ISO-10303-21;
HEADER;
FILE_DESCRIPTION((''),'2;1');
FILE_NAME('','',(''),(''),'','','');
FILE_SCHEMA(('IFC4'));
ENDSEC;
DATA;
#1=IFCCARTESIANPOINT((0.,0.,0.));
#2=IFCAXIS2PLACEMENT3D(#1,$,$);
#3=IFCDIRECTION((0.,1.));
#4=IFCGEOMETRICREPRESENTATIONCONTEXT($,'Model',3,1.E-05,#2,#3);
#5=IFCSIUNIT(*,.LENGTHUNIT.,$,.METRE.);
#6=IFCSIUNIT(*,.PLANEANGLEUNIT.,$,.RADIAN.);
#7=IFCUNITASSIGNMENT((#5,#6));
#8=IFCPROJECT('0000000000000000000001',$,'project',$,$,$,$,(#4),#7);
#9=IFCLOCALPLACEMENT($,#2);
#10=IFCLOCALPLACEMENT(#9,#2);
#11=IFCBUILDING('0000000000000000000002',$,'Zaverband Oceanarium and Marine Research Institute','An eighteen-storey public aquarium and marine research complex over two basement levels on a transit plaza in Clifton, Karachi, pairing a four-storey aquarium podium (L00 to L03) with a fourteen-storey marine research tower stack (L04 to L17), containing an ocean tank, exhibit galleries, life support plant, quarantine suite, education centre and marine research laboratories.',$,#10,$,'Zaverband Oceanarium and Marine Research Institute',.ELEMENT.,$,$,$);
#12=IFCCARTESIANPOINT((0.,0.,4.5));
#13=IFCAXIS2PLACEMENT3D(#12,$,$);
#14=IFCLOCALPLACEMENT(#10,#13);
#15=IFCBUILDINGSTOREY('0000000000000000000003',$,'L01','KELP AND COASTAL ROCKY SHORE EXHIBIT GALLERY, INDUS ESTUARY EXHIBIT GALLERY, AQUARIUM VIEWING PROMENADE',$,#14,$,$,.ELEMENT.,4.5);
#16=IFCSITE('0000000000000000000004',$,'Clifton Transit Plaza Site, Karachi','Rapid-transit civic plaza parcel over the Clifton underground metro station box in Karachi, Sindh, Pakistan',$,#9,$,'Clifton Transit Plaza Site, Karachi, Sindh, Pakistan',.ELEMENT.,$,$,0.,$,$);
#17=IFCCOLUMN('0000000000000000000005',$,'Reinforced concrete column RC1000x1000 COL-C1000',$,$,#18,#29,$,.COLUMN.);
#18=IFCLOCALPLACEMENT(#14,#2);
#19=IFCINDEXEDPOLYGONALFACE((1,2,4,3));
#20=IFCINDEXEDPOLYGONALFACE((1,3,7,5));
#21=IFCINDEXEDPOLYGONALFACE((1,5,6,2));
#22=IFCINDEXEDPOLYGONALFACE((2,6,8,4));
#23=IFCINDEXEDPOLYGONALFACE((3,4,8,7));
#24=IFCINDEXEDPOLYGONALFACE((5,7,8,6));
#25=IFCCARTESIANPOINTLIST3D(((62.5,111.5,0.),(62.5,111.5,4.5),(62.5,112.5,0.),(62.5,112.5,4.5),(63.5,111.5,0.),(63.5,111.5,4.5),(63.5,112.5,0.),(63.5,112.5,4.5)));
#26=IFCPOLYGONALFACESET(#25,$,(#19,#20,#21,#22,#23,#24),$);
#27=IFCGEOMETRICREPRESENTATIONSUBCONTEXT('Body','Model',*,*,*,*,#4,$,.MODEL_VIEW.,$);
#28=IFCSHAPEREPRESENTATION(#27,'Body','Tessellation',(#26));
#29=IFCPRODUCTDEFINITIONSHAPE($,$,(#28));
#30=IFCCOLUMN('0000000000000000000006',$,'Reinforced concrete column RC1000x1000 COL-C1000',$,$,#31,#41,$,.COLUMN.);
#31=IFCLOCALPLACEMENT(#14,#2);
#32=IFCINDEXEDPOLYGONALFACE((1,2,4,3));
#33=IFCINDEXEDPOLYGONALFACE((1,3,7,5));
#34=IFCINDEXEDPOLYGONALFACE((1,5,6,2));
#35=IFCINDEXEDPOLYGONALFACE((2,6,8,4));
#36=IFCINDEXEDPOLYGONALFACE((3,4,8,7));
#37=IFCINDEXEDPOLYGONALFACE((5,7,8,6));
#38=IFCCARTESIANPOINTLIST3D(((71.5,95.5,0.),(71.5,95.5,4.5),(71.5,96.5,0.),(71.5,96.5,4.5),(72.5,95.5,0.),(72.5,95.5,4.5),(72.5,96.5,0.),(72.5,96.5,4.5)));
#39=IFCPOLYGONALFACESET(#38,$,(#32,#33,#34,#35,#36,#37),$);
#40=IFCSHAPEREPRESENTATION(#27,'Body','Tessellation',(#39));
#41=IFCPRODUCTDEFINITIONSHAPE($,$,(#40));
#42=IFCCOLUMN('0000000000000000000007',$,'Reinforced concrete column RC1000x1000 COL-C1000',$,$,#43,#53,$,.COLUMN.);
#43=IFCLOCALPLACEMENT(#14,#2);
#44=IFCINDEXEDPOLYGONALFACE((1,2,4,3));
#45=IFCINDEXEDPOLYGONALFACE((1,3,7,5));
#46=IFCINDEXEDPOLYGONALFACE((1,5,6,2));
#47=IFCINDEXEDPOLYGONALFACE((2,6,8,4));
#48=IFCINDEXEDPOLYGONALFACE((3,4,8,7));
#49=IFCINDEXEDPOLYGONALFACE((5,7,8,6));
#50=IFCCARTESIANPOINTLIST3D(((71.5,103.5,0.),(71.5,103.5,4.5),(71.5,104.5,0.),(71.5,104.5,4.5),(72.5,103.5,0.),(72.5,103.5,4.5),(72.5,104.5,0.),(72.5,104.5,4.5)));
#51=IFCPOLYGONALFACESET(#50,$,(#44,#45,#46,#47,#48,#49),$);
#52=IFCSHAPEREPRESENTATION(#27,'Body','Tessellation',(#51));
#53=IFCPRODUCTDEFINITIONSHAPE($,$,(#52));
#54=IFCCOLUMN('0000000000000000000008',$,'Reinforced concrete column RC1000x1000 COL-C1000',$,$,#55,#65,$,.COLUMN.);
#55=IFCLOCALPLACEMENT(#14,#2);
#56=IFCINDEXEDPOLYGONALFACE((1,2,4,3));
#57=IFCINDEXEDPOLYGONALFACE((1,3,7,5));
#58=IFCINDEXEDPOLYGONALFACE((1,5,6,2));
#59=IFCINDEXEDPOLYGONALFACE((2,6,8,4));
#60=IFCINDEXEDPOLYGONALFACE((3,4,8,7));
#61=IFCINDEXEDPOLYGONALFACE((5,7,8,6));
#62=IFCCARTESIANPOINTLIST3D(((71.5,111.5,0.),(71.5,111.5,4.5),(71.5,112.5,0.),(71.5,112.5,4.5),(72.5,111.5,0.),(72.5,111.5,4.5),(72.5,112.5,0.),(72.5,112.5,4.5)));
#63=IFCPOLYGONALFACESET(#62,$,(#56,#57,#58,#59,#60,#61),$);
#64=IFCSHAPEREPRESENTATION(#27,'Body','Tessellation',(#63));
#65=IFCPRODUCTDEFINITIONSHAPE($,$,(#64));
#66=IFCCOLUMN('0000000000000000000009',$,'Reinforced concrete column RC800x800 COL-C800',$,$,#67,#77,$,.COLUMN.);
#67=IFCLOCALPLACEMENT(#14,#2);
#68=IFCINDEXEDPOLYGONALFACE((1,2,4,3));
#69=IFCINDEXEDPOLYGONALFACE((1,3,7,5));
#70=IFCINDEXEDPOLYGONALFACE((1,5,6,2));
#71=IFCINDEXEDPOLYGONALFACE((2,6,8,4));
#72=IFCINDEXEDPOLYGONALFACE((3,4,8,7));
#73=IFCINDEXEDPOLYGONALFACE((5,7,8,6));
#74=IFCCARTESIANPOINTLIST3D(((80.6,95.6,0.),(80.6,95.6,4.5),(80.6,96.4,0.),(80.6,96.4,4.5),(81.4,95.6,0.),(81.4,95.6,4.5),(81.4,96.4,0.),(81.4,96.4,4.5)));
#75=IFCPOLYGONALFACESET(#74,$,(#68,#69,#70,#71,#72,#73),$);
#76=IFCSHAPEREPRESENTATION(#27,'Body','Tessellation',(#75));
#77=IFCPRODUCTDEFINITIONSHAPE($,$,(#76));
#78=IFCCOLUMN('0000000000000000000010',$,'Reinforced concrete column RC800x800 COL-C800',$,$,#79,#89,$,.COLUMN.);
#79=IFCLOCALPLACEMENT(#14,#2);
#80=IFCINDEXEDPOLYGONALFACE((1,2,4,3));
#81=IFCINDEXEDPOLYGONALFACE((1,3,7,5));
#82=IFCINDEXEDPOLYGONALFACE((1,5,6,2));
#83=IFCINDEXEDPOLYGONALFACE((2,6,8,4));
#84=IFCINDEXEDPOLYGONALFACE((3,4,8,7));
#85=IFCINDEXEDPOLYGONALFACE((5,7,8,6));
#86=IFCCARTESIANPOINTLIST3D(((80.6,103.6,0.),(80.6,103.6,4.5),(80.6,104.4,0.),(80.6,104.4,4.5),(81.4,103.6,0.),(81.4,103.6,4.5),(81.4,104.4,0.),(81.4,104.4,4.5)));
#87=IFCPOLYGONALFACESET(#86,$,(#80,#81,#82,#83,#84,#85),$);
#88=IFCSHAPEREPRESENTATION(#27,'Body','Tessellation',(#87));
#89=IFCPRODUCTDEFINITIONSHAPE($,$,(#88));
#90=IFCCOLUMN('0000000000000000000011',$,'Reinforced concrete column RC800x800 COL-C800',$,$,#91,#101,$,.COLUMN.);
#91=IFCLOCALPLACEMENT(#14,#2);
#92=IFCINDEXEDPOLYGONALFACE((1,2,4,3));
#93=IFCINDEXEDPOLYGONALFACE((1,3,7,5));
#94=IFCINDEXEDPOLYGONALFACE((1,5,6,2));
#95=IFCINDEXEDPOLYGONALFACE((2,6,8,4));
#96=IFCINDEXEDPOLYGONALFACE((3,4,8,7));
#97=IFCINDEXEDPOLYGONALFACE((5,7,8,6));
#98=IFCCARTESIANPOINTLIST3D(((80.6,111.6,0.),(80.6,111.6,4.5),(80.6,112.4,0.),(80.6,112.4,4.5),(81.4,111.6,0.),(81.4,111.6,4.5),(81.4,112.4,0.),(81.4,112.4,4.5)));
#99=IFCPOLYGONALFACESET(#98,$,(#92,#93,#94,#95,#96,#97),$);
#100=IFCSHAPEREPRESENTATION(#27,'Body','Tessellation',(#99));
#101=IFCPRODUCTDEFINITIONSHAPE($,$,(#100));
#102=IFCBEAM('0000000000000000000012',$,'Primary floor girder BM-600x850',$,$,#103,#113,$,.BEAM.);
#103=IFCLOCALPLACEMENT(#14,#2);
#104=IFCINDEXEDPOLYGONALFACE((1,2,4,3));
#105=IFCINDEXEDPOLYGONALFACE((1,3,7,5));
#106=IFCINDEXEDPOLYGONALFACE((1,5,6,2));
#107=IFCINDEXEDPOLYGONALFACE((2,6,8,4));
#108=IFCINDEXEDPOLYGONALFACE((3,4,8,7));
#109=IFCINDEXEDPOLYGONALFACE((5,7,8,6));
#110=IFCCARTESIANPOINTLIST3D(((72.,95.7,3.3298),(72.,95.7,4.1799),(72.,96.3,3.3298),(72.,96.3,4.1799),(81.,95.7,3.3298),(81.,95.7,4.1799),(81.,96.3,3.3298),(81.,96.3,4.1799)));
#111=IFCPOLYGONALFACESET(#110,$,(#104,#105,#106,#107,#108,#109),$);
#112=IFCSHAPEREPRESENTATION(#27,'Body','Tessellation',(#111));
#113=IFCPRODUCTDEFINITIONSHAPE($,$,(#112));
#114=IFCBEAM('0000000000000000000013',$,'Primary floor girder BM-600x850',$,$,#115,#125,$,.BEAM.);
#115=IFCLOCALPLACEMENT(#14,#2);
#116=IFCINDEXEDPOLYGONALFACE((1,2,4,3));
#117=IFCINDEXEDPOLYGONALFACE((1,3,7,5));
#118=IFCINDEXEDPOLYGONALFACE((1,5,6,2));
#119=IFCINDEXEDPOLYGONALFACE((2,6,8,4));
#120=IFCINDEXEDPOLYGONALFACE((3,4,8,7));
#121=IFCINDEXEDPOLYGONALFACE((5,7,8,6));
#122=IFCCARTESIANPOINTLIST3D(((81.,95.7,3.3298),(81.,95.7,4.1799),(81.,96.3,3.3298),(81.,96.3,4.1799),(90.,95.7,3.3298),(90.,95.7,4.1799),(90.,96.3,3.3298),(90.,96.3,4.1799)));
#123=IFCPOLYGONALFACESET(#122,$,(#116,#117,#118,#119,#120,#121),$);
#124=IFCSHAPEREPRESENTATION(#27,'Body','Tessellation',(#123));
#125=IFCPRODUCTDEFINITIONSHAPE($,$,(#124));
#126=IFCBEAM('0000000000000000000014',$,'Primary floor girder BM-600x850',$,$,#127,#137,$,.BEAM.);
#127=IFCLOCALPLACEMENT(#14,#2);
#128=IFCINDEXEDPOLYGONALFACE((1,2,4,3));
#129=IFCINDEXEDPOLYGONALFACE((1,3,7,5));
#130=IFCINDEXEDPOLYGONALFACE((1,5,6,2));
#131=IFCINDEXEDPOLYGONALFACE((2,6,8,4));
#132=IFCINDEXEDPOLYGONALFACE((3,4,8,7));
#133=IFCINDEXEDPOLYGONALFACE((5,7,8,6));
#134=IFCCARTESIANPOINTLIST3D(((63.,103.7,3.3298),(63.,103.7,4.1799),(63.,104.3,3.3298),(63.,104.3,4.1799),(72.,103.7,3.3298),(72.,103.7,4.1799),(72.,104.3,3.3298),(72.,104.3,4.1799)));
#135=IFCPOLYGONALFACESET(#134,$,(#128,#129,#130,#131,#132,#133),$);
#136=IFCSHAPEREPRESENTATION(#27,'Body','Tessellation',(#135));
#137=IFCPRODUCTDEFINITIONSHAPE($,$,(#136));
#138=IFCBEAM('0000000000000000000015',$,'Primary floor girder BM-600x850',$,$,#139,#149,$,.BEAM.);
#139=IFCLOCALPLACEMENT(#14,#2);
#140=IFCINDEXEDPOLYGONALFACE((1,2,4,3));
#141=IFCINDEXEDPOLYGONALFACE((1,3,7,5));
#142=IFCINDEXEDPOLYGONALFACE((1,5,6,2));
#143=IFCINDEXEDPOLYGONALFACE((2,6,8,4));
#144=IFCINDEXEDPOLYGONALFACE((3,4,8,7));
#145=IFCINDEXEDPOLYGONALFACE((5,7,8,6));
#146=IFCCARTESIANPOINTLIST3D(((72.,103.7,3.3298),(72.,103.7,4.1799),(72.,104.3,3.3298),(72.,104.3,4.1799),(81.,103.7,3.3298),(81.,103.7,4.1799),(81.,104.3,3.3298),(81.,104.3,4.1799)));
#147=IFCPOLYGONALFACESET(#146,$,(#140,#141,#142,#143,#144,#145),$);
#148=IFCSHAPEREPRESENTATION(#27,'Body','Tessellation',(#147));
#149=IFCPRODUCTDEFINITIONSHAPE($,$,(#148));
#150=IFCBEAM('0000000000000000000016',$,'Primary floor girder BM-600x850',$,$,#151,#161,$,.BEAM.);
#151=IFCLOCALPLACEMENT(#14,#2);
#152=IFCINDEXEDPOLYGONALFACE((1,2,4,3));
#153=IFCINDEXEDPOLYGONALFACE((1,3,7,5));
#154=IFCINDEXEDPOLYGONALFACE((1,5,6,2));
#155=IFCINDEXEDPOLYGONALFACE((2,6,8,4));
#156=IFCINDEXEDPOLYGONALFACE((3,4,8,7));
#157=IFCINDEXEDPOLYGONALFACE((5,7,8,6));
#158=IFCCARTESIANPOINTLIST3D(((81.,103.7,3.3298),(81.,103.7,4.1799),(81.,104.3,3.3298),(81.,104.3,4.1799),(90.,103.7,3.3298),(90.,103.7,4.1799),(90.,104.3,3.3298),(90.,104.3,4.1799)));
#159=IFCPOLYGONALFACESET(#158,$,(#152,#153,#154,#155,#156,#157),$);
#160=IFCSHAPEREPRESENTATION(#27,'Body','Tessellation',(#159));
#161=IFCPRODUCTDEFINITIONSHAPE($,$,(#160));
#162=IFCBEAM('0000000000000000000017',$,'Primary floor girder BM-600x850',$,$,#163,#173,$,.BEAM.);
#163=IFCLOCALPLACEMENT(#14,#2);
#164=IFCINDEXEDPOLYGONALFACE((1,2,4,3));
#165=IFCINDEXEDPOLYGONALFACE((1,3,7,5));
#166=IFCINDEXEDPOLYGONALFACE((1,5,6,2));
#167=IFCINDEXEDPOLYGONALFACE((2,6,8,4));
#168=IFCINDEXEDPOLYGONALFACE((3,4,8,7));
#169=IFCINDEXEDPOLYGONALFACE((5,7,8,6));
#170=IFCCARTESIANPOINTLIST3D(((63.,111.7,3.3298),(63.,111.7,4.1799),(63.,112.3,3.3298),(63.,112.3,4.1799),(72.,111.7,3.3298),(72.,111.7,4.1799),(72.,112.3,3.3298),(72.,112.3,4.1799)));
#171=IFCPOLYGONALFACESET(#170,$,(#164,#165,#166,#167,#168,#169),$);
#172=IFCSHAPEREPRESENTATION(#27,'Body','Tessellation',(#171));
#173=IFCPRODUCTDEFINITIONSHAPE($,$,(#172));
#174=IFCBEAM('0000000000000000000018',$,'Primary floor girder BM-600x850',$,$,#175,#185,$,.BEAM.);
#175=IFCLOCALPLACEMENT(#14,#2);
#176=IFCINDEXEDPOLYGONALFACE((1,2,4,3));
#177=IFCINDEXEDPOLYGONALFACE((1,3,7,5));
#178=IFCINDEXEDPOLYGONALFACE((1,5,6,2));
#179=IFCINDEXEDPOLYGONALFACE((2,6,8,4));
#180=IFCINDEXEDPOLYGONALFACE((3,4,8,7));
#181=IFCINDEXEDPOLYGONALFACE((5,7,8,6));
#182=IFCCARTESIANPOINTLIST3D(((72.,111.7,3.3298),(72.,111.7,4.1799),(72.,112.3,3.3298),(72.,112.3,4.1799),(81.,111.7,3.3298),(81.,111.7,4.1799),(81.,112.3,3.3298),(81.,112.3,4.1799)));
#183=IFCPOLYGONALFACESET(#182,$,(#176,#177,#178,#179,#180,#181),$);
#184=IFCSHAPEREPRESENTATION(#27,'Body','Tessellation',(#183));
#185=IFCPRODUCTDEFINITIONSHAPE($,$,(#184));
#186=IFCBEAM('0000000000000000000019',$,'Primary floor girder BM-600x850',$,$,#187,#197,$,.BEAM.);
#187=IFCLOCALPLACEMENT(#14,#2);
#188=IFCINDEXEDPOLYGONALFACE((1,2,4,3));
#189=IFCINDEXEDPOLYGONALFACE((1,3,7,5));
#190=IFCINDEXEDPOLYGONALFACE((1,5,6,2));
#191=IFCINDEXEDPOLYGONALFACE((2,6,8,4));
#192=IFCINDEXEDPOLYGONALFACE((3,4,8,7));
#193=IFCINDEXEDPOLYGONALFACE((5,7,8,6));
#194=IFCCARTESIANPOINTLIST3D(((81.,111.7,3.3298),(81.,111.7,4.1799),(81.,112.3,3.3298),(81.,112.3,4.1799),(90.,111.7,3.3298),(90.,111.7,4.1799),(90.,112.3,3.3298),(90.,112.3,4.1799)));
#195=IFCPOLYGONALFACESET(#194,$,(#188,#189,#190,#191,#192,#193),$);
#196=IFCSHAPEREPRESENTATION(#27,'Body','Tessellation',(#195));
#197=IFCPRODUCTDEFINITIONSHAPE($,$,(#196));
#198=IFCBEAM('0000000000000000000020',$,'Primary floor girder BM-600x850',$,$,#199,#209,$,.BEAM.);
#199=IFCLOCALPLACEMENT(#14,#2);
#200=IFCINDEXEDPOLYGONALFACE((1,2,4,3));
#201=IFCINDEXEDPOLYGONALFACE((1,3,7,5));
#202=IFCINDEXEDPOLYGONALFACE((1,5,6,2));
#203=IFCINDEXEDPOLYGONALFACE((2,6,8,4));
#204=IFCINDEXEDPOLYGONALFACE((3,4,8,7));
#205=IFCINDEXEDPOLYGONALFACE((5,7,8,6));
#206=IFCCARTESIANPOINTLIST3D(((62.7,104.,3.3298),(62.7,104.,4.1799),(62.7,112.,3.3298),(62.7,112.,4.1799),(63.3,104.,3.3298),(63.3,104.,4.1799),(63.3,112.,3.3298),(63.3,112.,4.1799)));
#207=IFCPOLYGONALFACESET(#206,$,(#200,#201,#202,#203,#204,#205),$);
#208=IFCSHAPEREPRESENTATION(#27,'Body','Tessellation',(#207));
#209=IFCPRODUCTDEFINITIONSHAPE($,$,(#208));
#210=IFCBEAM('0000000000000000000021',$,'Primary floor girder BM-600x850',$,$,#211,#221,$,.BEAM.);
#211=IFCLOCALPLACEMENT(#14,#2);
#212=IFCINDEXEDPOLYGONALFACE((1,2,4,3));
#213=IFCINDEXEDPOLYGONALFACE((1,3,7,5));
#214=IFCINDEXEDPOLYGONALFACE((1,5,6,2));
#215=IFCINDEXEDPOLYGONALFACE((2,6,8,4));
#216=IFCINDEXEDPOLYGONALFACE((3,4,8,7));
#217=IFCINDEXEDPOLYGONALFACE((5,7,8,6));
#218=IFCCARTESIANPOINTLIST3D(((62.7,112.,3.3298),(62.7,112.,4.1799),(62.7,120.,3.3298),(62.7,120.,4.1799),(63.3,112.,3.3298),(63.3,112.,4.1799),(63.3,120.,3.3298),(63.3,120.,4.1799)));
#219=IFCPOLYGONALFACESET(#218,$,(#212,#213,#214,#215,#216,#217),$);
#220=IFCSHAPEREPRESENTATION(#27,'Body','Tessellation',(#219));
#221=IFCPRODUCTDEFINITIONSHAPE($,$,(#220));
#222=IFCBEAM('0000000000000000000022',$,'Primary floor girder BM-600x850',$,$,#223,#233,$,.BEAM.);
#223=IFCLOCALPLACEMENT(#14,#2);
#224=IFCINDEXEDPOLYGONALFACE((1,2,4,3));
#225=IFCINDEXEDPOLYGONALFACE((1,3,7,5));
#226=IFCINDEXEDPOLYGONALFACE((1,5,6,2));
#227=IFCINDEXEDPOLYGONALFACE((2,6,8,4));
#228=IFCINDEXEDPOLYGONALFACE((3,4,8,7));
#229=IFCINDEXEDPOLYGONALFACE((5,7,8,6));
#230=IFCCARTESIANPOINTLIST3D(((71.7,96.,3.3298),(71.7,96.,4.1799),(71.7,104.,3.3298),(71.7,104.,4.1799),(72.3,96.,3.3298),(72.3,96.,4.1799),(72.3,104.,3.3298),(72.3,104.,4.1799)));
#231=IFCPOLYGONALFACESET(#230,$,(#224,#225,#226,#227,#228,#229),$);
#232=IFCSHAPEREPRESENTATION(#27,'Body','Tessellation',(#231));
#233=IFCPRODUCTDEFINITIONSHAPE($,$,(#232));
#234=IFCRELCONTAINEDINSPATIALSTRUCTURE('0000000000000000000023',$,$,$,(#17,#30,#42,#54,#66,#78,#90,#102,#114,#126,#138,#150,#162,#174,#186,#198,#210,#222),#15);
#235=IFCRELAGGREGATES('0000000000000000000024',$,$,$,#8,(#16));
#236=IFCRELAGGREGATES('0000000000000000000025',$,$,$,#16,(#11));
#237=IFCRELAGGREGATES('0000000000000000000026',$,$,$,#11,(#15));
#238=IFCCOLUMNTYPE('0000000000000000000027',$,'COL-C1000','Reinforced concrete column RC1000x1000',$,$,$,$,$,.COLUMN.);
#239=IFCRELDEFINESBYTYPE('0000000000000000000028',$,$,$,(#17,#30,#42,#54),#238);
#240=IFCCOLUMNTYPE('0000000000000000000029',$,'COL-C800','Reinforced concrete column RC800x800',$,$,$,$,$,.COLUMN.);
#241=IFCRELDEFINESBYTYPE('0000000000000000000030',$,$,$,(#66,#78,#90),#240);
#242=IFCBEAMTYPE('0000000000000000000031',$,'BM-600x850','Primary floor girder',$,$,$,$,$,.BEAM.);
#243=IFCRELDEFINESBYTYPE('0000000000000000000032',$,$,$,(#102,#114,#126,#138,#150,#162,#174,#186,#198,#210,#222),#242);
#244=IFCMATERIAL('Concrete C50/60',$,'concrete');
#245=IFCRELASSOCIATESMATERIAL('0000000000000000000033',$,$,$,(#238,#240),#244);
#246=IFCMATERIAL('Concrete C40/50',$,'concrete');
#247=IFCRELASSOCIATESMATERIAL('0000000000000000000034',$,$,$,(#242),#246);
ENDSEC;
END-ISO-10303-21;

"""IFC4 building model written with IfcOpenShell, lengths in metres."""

from ifc_helpers import new_model, si_unit, direction, frame, origin, origin_2d, place, context, subcontext, project, spatial, rectangle, extrude, material, material_profile, profile_set, type_object, element, save


model = new_model("IFC4")

# Units and contexts
model_context = context("Model", 3, precision=1e-05, world=origin(), true_north=direction((0.0, 1.0)))
body_context = subcontext(model_context, "Body", "Model", "MODEL_VIEW")
ifc_project = project(units=[si_unit("LENGTHUNIT", "METRE"), si_unit("PLANEANGLEUNIT", "RADIAN")], contexts=[model_context])

# Site, building, storey
site_placement = place(None, origin())
site = spatial("IfcSite", under=ifc_project, at=site_placement, Name="Clifton Transit Plaza Site, Karachi", Description="Rapid-transit civic plaza parcel over the Clifton underground metro station box in Karachi, Sindh, Pakistan", LongName="Clifton Transit Plaza Site, Karachi, Sindh, Pakistan", CompositionType="ELEMENT", RefElevation=0.0)
building_placement = place(site_placement, origin())
building = spatial("IfcBuilding", under=site, at=building_placement, Name="Zaverband Oceanarium and Marine Research Institute", Description="An eighteen-storey public aquarium and marine research complex over two basement levels on a transit plaza in Clifton, Karachi, pairing a four-storey aquarium podium (L00 to L03) with a fourteen-storey marine research tower stack (L04 to L17), containing an ocean tank, exhibit galleries, life support plant, quarantine suite, education centre and marine research laboratories.", LongName="Zaverband Oceanarium and Marine Research Institute", CompositionType="ELEMENT")
storey_placement = place(building_placement, frame((0.0, 0.0, 4.5)))
storey = spatial("IfcBuildingStorey", under=building, at=storey_placement, Name="L01", Description="KELP AND COASTAL ROCKY SHORE EXHIBIT GALLERY, INDUS ESTUARY EXHIBIT GALLERY, AQUARIUM VIEWING PROMENADE", CompositionType="ELEMENT", Elevation=4.5)

# Columns
ifc_material_1 = material(Name="Concrete C50/60", Category="concrete")
ifc_material_profile_1 = material_profile(ifc_material_1, rectangle(XDim=1.0, YDim=1.0, at=origin_2d()), Name="RC1000x1000")
ifc_profile_set_1 = profile_set([ifc_material_profile_1], Name="Concrete C50/60")
column_type_1 = type_object("IfcColumnType", Name="COL-C1000", Description="Reinforced concrete column RC1000x1000", PredefinedType="COLUMN", material=ifc_profile_set_1)
for number, where, z_axis, x_axis, name in (
    (1, (63.0, 112.0, 0.0), (0.0, 0.0, 1.0), (1.0, 0.0, 0.0), "Reinforced concrete column RC1000x1000 COL-C1000"),
    (2, (72.0, 96.0, 0.0), (0.0, 0.0, 1.0), (1.0, 0.0, 0.0), "Reinforced concrete column RC1000x1000 COL-C1000"),
    (3, (72.0, 104.0, 0.0), (0.0, 0.0, 1.0), (1.0, 0.0, 0.0), "Reinforced concrete column RC1000x1000 COL-C1000"),
    (4, (72.0, 112.0, 0.0), (0.0, 0.0, 1.0), (1.0, 0.0, 0.0), "Reinforced concrete column RC1000x1000 COL-C1000"),
):
    element("IfcColumn", number, at=place(storey_placement, frame(where, z_axis=z_axis, x_axis=x_axis)), inside=storey, type_object=column_type_1, Name=name, PredefinedType="COLUMN", context=body_context, shape_type="SweptSolid", body=[
        extrude(rectangle(XDim=1.0, YDim=1.0, at=origin_2d()), origin(), (0.0, 0.0, 1.0), 4.5),
    ])
ifc_material_profile_2 = material_profile(ifc_material_1, rectangle(XDim=0.8, YDim=0.8, at=origin_2d()), Name="RC800x800")
ifc_profile_set_2 = profile_set([ifc_material_profile_2], Name="Concrete C50/60")
column_type_2 = type_object("IfcColumnType", Name="COL-C800", Description="Reinforced concrete column RC800x800", PredefinedType="COLUMN", material=ifc_profile_set_2)
for number, where, z_axis, x_axis, name in (
    (5, (81.0, 96.0, 0.0), (0.0, 0.0, 1.0), (1.0, 0.0, 0.0), "Reinforced concrete column RC800x800 COL-C800"),
    (6, (81.0, 104.0, 0.0), (0.0, 0.0, 1.0), (1.0, 0.0, 0.0), "Reinforced concrete column RC800x800 COL-C800"),
    (7, (81.0, 112.0, 0.0), (0.0, 0.0, 1.0), (1.0, 0.0, 0.0), "Reinforced concrete column RC800x800 COL-C800"),
):
    element("IfcColumn", number, at=place(storey_placement, frame(where, z_axis=z_axis, x_axis=x_axis)), inside=storey, type_object=column_type_2, Name=name, PredefinedType="COLUMN", context=body_context, shape_type="SweptSolid", body=[
        extrude(rectangle(XDim=0.8, YDim=0.8, at=origin_2d()), origin(), (0.0, 0.0, 1.0), 4.5),
    ])

# Beams
ifc_material_2 = material(Name="Concrete C40/50", Category="concrete")
ifc_material_profile_3 = material_profile(ifc_material_2, rectangle(XDim=0.6001, YDim=0.8501, at=origin_2d()), Name="RC600x850")
ifc_profile_set_3 = profile_set([ifc_material_profile_3], Name="Concrete C40/50")
beam_type_1 = type_object("IfcBeamType", Name="BM-600x850", Description="Primary floor girder", PredefinedType="BEAM", material=ifc_profile_set_3)
for number, where, z_axis, x_axis, name in (
    (8, (72.0, 96.0, 3.7549), (1.0, 0.0, 0.0), (0.0, 1.0, 0.0), "Primary floor girder BM-600x850"),
    (9, (81.0, 96.0, 3.7549), (1.0, 0.0, 0.0), (0.0, 1.0, 0.0), "Primary floor girder BM-600x850"),
    (10, (63.0, 104.0, 3.7549), (1.0, 0.0, 0.0), (0.0, 1.0, 0.0), "Primary floor girder BM-600x850"),
    (11, (72.0, 104.0, 3.7549), (1.0, 0.0, 0.0), (0.0, 1.0, 0.0), "Primary floor girder BM-600x850"),
    (12, (81.0, 104.0, 3.7549), (1.0, 0.0, 0.0), (0.0, 1.0, 0.0), "Primary floor girder BM-600x850"),
    (13, (63.0, 112.0, 3.7549), (1.0, 0.0, 0.0), (0.0, 1.0, 0.0), "Primary floor girder BM-600x850"),
    (14, (72.0, 112.0, 3.7549), (1.0, 0.0, 0.0), (0.0, 1.0, 0.0), "Primary floor girder BM-600x850"),
    (15, (81.0, 112.0, 3.7549), (1.0, 0.0, 0.0), (0.0, 1.0, 0.0), "Primary floor girder BM-600x850"),
):
    element("IfcBeam", number, at=place(storey_placement, frame(where, z_axis=z_axis, x_axis=x_axis)), inside=storey, type_object=beam_type_1, Name=name, PredefinedType="BEAM", context=body_context, shape_type="SweptSolid", body=[
        extrude(rectangle(XDim=0.6001, YDim=0.8501, at=origin_2d()), origin(), (0.0, 0.0, 1.0), 9.0),
    ])
for number, where, z_axis, x_axis, name in (
    (16, (63.0, 104.0, 3.7549), (0.0, 1.0, 0.0), (-1.0, 0.0, 0.0), "Primary floor girder BM-600x850"),
    (17, (63.0, 112.0, 3.7549), (0.0, 1.0, 0.0), (-1.0, 0.0, 0.0), "Primary floor girder BM-600x850"),
    (18, (72.0, 96.0, 3.7549), (0.0, 1.0, 0.0), (-1.0, 0.0, 0.0), "Primary floor girder BM-600x850"),
):
    element("IfcBeam", number, at=place(storey_placement, frame(where, z_axis=z_axis, x_axis=x_axis)), inside=storey, type_object=beam_type_1, Name=name, PredefinedType="BEAM", context=body_context, shape_type="SweptSolid", body=[
        extrude(rectangle(XDim=0.6001, YDim=0.8501, at=origin_2d()), origin(), (0.0, 0.0, 1.0), 8.0),
    ])

save(model, "model.ifc")
